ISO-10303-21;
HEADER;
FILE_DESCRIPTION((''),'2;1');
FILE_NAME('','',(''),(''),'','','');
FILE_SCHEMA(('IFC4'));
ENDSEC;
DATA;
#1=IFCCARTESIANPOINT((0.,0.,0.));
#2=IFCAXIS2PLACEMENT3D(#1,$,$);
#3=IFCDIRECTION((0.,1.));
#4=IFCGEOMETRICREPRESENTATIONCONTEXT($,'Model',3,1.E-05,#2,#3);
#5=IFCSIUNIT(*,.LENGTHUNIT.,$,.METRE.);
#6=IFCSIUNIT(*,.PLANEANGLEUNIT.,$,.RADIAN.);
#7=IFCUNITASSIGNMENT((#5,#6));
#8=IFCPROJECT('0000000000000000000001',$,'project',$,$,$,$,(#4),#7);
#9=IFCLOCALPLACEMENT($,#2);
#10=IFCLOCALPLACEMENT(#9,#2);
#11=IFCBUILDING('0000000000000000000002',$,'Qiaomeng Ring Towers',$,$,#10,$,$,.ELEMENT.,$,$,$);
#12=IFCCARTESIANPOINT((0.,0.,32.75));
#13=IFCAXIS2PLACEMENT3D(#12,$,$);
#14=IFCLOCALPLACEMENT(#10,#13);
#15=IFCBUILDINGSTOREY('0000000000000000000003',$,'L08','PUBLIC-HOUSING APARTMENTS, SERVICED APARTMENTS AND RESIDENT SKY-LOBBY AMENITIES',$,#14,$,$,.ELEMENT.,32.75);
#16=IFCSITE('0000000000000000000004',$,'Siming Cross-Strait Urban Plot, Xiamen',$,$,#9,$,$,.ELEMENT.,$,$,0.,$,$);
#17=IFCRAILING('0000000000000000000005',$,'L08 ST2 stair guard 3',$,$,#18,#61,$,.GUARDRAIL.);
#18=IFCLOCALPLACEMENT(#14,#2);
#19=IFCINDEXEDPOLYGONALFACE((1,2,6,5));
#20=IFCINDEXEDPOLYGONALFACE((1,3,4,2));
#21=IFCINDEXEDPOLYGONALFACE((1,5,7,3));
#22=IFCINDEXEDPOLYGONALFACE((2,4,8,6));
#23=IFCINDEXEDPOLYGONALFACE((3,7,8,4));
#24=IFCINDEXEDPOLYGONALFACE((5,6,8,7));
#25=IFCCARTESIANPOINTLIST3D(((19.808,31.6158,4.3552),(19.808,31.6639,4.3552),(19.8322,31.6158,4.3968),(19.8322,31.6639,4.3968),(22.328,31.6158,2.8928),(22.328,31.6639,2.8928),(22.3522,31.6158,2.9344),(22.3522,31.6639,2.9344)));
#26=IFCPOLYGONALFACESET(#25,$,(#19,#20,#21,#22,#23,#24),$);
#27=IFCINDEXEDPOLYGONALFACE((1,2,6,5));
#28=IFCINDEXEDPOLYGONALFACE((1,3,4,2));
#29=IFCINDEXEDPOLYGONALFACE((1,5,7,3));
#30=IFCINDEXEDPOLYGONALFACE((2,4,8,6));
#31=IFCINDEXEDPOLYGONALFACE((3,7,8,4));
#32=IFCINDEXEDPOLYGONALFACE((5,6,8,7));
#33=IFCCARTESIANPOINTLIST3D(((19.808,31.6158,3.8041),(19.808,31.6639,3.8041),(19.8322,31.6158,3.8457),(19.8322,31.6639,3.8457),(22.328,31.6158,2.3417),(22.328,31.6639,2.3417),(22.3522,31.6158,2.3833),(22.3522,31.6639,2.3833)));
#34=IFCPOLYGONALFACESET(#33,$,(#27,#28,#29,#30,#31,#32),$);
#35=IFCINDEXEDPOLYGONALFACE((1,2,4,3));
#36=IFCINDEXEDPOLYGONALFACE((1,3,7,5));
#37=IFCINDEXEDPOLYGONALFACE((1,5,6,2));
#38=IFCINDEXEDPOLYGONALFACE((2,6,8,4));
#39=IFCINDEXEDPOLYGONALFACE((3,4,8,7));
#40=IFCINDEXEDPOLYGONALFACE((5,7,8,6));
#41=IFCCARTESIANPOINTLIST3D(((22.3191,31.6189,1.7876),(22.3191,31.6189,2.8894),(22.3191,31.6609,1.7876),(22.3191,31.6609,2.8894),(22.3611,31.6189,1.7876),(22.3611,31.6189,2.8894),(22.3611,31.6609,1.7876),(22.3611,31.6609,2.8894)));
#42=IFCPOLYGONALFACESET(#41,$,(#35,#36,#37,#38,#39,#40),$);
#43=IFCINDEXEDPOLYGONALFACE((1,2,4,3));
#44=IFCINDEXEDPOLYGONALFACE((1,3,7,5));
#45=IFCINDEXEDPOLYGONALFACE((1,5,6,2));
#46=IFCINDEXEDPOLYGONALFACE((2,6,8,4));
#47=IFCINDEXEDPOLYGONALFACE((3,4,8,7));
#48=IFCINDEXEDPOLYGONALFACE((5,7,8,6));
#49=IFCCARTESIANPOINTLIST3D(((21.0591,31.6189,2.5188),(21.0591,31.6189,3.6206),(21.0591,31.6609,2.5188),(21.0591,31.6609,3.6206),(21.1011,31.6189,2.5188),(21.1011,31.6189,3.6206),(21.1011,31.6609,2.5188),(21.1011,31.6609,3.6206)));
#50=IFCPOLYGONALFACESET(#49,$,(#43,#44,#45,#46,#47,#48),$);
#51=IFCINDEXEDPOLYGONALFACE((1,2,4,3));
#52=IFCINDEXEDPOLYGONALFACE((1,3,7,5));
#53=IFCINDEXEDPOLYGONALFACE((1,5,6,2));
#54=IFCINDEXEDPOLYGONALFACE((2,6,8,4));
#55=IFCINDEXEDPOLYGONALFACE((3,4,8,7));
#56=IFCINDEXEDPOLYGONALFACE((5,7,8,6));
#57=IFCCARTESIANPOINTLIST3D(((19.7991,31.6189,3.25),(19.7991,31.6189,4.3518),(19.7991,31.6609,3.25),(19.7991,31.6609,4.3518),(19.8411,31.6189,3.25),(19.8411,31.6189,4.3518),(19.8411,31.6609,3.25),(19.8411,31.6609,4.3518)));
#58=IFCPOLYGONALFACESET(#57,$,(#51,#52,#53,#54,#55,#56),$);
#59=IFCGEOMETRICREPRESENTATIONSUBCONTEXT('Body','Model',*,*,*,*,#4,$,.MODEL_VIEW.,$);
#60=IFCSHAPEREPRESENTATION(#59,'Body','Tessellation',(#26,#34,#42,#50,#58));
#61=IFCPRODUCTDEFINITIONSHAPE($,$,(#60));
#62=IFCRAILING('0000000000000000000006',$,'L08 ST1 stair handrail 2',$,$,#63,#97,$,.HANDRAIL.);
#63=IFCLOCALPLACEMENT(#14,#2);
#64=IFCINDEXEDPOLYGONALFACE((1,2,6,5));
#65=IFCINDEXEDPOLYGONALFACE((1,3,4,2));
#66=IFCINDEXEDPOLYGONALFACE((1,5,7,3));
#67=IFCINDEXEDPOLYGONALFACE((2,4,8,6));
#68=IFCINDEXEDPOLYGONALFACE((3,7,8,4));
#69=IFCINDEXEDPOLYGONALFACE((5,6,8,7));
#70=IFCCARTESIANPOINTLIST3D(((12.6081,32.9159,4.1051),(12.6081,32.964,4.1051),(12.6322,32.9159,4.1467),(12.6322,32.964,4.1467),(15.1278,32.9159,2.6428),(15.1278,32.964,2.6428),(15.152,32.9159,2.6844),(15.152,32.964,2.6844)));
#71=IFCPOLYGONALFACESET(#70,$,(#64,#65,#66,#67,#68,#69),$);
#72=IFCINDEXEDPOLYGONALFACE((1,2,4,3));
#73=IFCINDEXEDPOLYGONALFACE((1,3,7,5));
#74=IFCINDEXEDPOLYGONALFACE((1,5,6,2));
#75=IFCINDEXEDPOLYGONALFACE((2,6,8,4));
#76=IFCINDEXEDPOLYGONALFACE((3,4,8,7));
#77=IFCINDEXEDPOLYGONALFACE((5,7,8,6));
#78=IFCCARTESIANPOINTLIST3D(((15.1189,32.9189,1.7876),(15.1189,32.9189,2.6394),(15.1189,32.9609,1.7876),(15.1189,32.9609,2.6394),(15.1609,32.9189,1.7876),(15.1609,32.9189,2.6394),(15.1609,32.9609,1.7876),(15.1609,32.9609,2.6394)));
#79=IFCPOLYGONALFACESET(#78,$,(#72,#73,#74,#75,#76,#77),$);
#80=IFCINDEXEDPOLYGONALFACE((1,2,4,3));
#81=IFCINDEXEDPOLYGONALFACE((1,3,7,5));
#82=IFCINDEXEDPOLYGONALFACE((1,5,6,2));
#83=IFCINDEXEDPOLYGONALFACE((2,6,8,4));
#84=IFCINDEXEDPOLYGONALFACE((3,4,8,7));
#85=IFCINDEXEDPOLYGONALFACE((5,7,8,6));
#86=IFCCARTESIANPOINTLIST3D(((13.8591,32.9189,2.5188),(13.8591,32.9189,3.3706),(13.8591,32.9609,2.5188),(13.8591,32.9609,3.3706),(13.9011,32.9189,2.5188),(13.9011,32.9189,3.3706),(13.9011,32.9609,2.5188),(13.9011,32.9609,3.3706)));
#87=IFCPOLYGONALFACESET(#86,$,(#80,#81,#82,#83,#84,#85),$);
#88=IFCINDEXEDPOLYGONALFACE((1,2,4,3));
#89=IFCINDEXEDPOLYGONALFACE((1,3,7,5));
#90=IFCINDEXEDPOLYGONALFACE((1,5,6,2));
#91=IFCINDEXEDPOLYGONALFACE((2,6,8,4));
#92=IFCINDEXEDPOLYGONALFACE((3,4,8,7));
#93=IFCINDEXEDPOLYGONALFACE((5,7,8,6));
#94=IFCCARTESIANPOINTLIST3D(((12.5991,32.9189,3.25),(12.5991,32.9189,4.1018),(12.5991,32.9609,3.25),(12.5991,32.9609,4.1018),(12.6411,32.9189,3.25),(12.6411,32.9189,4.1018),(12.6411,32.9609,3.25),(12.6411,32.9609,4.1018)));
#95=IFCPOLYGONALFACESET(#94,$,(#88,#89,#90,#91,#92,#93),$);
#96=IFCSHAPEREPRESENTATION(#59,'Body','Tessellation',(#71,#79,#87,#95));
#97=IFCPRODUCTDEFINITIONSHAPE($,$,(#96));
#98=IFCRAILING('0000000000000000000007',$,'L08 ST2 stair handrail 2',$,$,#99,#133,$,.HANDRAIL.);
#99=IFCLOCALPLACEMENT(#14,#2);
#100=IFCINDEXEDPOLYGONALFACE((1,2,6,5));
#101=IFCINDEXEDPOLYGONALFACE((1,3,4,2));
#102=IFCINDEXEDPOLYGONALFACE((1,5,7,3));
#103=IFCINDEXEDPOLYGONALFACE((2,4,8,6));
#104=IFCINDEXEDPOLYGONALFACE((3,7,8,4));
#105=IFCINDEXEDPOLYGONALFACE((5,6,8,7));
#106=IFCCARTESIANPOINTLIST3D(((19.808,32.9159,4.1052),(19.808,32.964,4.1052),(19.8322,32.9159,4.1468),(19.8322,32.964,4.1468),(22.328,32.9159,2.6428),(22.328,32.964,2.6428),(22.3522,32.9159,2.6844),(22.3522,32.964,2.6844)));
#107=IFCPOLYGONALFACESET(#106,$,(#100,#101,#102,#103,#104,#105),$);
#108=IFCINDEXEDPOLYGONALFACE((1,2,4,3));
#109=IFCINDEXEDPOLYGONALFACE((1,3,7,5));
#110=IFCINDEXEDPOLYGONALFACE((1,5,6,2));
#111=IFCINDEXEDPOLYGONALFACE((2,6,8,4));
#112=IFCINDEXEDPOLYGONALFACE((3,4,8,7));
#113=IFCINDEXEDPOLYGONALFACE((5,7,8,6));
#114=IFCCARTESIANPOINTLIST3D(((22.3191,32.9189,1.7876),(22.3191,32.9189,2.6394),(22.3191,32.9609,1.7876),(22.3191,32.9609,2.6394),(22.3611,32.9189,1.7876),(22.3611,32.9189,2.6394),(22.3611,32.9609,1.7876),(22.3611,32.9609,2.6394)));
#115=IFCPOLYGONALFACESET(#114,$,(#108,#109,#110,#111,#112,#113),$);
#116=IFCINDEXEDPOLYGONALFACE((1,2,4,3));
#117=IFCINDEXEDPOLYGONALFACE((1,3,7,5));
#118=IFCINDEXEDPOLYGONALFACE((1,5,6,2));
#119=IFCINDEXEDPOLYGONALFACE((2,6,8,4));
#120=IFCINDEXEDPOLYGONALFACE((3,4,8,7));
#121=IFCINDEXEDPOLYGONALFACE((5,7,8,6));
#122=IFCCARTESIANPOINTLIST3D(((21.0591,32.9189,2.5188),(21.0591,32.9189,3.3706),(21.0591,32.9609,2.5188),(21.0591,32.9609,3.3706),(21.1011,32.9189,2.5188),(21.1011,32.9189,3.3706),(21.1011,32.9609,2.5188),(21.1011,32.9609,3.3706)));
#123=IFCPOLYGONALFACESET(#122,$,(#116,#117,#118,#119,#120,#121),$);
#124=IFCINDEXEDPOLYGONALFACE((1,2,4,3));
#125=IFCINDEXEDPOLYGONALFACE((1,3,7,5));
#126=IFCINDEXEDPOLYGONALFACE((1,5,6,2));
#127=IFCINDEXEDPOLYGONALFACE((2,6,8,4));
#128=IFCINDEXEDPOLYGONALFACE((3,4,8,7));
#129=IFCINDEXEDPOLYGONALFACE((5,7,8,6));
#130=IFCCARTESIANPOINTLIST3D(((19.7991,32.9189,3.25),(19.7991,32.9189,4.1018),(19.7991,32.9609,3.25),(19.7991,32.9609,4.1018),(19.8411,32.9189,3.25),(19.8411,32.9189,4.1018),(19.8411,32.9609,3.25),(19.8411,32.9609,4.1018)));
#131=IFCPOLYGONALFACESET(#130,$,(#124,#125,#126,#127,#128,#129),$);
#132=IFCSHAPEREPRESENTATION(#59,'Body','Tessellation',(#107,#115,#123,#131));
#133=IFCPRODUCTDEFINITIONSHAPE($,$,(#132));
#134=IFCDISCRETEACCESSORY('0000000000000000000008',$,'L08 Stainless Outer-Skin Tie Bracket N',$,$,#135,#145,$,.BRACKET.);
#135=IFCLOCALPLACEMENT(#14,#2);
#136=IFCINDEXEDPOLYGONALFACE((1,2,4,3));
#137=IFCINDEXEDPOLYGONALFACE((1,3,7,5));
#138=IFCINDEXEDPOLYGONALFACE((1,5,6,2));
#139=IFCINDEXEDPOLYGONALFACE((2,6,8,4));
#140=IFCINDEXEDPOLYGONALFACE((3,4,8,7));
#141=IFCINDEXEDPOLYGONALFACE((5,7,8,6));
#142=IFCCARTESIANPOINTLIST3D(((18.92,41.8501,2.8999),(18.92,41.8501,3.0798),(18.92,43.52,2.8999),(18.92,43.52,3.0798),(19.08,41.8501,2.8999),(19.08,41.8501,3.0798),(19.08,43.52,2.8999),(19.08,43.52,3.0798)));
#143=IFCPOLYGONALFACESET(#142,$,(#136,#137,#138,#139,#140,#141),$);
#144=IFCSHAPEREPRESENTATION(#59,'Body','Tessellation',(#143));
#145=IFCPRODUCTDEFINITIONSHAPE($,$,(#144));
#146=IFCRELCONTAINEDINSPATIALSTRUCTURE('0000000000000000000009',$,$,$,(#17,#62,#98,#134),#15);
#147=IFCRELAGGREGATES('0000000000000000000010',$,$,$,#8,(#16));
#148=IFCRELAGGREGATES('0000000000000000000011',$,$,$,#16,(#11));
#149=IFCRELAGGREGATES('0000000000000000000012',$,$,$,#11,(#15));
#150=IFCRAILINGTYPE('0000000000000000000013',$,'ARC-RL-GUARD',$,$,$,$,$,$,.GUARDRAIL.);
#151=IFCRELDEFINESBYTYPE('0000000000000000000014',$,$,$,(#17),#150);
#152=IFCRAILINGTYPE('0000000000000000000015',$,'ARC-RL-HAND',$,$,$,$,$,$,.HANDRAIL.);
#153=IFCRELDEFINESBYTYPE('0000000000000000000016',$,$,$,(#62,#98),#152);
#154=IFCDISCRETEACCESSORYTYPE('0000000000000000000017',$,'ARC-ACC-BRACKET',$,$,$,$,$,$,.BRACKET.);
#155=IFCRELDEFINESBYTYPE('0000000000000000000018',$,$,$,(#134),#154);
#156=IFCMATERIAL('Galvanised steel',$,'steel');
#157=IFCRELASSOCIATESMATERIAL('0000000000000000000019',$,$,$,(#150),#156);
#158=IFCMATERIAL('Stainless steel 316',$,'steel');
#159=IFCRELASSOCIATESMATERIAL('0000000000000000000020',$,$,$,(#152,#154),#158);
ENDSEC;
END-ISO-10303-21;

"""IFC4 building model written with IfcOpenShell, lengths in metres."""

from ifc_helpers import new_model, si_unit, direction, frame, origin, origin_2d, place, context, subcontext, project, spatial, rectangle, extrude, source, transform, mapped, material, type_object, element, save


model = new_model("IFC4")

# Units and contexts
model_context = context("Model", 3, precision=1e-05, world=origin(), true_north=direction((0.0, 1.0)))
body_context = subcontext(model_context, "Body", "Model", "MODEL_VIEW")
ifc_project = project(units=[si_unit("LENGTHUNIT", "METRE"), si_unit("PLANEANGLEUNIT", "RADIAN")], contexts=[model_context])

# Site, building, storey
site_placement = place(None, origin())
site = spatial("IfcSite", under=ifc_project, at=site_placement, Name="Siming Cross-Strait Urban Plot, Xiamen", CompositionType="ELEMENT", RefElevation=0.0)
building_placement = place(site_placement, origin())
building = spatial("IfcBuilding", under=site, at=building_placement, Name="Qiaomeng Ring Towers", CompositionType="ELEMENT")
storey_placement = place(building_placement, frame((0.0, 0.0, 32.75)))
storey = spatial("IfcBuildingStorey", under=building, at=storey_placement, Name="L08", Description="PUBLIC-HOUSING APARTMENTS, SERVICED APARTMENTS AND RESIDENT SKY-LOBBY AMENITIES", CompositionType="ELEMENT", Elevation=32.75)

# Shared definitions
ifc_material_1 = material(Name="Galvanised steel", Category="steel")

# Railings
railing_type_1 = type_object("IfcRailingType", Name="ARC-RL-GUARD", PredefinedType="GUARDRAIL", material=ifc_material_1)
railing_1_placement = place(storey_placement, frame((22.3401, 31.6399, 1.7876)))
element("IfcRailing", 1, at=railing_1_placement, inside=storey, type_object=railing_type_1, Name="L08 ST2 stair guard 3", PredefinedType="GUARDRAIL", context=body_context, shape_type="SweptSolid", body=[
    extrude(rectangle(XDim=0.0481, YDim=0.0481, at=origin_2d()), frame((0.0, 0.0, 1.126), z_axis=(-0.864913, 0.0, 0.501921), x_axis=(0.0, -1.0, 0.0)), (0.0, 0.0, 1.0), 2.9136),
    extrude(rectangle(XDim=0.0481, YDim=0.0481, at=origin_2d()), frame((0.0, 0.0, 0.575), z_axis=(-0.864913, 0.0, 0.501921), x_axis=(0.0, -1.0, 0.0)), (0.0, 0.0, 1.0), 2.9136),
    extrude(rectangle(XDim=0.042, YDim=0.042, at=origin_2d()), origin(), (0.0, 0.0, 1.0), 1.1018),
    extrude(rectangle(XDim=0.042, YDim=0.042, at=origin_2d()), frame((-1.26, 0.0, 0.7312)), (0.0, 0.0, 1.0), 1.1018),
    extrude(rectangle(XDim=0.042, YDim=0.042, at=origin_2d()), frame((-2.52, 0.0, 1.4624)), (0.0, 0.0, 1.0), 1.1018),
])
ifc_material_2 = material(Name="Stainless steel 316", Category="steel")
railing_type_2 = type_object("IfcRailingType", Name="ARC-RL-HAND", PredefinedType="HANDRAIL", material=ifc_material_2)
railing_2_placement = place(storey_placement, frame((15.1399, 32.9399, 1.7876)))
element("IfcRailing", 2, at=railing_2_placement, inside=storey, type_object=railing_type_2, Name="L08 ST1 stair handrail 2", PredefinedType="HANDRAIL", context=body_context, shape_type="SweptSolid", body=[
    extrude(rectangle(XDim=0.0481, YDim=0.0481, at=origin_2d()), frame((0.0, 0.0, 0.876), z_axis=(-0.864892, 0.0, 0.501958), x_axis=(0.0, -1.0, 0.0)), (0.0, 0.0, 1.0), 2.9133),
    extrude(rectangle(XDim=0.042, YDim=0.042, at=origin_2d()), origin(), (0.0, 0.0, 1.0), 0.8518),
    extrude(rectangle(XDim=0.042, YDim=0.042, at=origin_2d()), frame((-1.2598, 0.0, 0.7312)), (0.0, 0.0, 1.0), 0.8518),
    extrude(rectangle(XDim=0.042, YDim=0.042, at=origin_2d()), frame((-2.5198, 0.0, 1.4624)), (0.0, 0.0, 1.0), 0.8518),
])
railing_3_placement = place(storey_placement, frame((22.3401, 32.9399, 1.7876)))
element("IfcRailing", 3, at=railing_3_placement, inside=storey, type_object=railing_type_2, Name="L08 ST2 stair handrail 2", PredefinedType="HANDRAIL", context=body_context, shape_type="SweptSolid", body=[
    extrude(rectangle(XDim=0.0481, YDim=0.0481, at=origin_2d()), frame((0.0, 0.0, 0.876), z_axis=(-0.864913, 0.0, 0.501921), x_axis=(0.0, -1.0, 0.0)), (0.0, 0.0, 1.0), 2.9136),
    extrude(rectangle(XDim=0.042, YDim=0.042, at=origin_2d()), origin(), (0.0, 0.0, 1.0), 0.8518),
    extrude(rectangle(XDim=0.042, YDim=0.042, at=origin_2d()), frame((-1.26, 0.0, 0.7312)), (0.0, 0.0, 1.0), 0.8518),
    extrude(rectangle(XDim=0.042, YDim=0.042, at=origin_2d()), frame((-2.52, 0.0, 1.4624)), (0.0, 0.0, 1.0), 0.8518),
])

# Discrete accessory
discrete_accessory_type = type_object("IfcDiscreteAccessoryType", Name="ARC-ACC-BRACKET", PredefinedType="BRACKET", material=ifc_material_2)
shared_shape_1 = source(origin(), body_context, "Body", "SweptSolid", [
    extrude(rectangle(XDim=0.1599, YDim=1.6699, at=origin_2d()), origin(), (0.0, 0.0, 1.0), 0.1799),
])
discrete_accessory_placement = place(storey_placement, frame((19.0, 42.6851, 2.8999), z_axis=(0.0, 0.0, 1.0), x_axis=(1.0, 0.0, 0.0)))
element("IfcDiscreteAccessory", 4, at=discrete_accessory_placement, inside=storey, type_object=discrete_accessory_type, Name="L08 Stainless Outer-Skin Tie Bracket N", PredefinedType="BRACKET", context=body_context, shape_type="MappedRepresentation", body=[
    mapped(shared_shape_1, transform((0.0, 0.0, 0.0), x_axis=(1.0, 0.0, 0.0), y_axis=(0.0, 1.0, 0.0), z_axis=(0.0, 0.0, 1.0), scale=1.0)),
])

save(model, "model.ifc")
